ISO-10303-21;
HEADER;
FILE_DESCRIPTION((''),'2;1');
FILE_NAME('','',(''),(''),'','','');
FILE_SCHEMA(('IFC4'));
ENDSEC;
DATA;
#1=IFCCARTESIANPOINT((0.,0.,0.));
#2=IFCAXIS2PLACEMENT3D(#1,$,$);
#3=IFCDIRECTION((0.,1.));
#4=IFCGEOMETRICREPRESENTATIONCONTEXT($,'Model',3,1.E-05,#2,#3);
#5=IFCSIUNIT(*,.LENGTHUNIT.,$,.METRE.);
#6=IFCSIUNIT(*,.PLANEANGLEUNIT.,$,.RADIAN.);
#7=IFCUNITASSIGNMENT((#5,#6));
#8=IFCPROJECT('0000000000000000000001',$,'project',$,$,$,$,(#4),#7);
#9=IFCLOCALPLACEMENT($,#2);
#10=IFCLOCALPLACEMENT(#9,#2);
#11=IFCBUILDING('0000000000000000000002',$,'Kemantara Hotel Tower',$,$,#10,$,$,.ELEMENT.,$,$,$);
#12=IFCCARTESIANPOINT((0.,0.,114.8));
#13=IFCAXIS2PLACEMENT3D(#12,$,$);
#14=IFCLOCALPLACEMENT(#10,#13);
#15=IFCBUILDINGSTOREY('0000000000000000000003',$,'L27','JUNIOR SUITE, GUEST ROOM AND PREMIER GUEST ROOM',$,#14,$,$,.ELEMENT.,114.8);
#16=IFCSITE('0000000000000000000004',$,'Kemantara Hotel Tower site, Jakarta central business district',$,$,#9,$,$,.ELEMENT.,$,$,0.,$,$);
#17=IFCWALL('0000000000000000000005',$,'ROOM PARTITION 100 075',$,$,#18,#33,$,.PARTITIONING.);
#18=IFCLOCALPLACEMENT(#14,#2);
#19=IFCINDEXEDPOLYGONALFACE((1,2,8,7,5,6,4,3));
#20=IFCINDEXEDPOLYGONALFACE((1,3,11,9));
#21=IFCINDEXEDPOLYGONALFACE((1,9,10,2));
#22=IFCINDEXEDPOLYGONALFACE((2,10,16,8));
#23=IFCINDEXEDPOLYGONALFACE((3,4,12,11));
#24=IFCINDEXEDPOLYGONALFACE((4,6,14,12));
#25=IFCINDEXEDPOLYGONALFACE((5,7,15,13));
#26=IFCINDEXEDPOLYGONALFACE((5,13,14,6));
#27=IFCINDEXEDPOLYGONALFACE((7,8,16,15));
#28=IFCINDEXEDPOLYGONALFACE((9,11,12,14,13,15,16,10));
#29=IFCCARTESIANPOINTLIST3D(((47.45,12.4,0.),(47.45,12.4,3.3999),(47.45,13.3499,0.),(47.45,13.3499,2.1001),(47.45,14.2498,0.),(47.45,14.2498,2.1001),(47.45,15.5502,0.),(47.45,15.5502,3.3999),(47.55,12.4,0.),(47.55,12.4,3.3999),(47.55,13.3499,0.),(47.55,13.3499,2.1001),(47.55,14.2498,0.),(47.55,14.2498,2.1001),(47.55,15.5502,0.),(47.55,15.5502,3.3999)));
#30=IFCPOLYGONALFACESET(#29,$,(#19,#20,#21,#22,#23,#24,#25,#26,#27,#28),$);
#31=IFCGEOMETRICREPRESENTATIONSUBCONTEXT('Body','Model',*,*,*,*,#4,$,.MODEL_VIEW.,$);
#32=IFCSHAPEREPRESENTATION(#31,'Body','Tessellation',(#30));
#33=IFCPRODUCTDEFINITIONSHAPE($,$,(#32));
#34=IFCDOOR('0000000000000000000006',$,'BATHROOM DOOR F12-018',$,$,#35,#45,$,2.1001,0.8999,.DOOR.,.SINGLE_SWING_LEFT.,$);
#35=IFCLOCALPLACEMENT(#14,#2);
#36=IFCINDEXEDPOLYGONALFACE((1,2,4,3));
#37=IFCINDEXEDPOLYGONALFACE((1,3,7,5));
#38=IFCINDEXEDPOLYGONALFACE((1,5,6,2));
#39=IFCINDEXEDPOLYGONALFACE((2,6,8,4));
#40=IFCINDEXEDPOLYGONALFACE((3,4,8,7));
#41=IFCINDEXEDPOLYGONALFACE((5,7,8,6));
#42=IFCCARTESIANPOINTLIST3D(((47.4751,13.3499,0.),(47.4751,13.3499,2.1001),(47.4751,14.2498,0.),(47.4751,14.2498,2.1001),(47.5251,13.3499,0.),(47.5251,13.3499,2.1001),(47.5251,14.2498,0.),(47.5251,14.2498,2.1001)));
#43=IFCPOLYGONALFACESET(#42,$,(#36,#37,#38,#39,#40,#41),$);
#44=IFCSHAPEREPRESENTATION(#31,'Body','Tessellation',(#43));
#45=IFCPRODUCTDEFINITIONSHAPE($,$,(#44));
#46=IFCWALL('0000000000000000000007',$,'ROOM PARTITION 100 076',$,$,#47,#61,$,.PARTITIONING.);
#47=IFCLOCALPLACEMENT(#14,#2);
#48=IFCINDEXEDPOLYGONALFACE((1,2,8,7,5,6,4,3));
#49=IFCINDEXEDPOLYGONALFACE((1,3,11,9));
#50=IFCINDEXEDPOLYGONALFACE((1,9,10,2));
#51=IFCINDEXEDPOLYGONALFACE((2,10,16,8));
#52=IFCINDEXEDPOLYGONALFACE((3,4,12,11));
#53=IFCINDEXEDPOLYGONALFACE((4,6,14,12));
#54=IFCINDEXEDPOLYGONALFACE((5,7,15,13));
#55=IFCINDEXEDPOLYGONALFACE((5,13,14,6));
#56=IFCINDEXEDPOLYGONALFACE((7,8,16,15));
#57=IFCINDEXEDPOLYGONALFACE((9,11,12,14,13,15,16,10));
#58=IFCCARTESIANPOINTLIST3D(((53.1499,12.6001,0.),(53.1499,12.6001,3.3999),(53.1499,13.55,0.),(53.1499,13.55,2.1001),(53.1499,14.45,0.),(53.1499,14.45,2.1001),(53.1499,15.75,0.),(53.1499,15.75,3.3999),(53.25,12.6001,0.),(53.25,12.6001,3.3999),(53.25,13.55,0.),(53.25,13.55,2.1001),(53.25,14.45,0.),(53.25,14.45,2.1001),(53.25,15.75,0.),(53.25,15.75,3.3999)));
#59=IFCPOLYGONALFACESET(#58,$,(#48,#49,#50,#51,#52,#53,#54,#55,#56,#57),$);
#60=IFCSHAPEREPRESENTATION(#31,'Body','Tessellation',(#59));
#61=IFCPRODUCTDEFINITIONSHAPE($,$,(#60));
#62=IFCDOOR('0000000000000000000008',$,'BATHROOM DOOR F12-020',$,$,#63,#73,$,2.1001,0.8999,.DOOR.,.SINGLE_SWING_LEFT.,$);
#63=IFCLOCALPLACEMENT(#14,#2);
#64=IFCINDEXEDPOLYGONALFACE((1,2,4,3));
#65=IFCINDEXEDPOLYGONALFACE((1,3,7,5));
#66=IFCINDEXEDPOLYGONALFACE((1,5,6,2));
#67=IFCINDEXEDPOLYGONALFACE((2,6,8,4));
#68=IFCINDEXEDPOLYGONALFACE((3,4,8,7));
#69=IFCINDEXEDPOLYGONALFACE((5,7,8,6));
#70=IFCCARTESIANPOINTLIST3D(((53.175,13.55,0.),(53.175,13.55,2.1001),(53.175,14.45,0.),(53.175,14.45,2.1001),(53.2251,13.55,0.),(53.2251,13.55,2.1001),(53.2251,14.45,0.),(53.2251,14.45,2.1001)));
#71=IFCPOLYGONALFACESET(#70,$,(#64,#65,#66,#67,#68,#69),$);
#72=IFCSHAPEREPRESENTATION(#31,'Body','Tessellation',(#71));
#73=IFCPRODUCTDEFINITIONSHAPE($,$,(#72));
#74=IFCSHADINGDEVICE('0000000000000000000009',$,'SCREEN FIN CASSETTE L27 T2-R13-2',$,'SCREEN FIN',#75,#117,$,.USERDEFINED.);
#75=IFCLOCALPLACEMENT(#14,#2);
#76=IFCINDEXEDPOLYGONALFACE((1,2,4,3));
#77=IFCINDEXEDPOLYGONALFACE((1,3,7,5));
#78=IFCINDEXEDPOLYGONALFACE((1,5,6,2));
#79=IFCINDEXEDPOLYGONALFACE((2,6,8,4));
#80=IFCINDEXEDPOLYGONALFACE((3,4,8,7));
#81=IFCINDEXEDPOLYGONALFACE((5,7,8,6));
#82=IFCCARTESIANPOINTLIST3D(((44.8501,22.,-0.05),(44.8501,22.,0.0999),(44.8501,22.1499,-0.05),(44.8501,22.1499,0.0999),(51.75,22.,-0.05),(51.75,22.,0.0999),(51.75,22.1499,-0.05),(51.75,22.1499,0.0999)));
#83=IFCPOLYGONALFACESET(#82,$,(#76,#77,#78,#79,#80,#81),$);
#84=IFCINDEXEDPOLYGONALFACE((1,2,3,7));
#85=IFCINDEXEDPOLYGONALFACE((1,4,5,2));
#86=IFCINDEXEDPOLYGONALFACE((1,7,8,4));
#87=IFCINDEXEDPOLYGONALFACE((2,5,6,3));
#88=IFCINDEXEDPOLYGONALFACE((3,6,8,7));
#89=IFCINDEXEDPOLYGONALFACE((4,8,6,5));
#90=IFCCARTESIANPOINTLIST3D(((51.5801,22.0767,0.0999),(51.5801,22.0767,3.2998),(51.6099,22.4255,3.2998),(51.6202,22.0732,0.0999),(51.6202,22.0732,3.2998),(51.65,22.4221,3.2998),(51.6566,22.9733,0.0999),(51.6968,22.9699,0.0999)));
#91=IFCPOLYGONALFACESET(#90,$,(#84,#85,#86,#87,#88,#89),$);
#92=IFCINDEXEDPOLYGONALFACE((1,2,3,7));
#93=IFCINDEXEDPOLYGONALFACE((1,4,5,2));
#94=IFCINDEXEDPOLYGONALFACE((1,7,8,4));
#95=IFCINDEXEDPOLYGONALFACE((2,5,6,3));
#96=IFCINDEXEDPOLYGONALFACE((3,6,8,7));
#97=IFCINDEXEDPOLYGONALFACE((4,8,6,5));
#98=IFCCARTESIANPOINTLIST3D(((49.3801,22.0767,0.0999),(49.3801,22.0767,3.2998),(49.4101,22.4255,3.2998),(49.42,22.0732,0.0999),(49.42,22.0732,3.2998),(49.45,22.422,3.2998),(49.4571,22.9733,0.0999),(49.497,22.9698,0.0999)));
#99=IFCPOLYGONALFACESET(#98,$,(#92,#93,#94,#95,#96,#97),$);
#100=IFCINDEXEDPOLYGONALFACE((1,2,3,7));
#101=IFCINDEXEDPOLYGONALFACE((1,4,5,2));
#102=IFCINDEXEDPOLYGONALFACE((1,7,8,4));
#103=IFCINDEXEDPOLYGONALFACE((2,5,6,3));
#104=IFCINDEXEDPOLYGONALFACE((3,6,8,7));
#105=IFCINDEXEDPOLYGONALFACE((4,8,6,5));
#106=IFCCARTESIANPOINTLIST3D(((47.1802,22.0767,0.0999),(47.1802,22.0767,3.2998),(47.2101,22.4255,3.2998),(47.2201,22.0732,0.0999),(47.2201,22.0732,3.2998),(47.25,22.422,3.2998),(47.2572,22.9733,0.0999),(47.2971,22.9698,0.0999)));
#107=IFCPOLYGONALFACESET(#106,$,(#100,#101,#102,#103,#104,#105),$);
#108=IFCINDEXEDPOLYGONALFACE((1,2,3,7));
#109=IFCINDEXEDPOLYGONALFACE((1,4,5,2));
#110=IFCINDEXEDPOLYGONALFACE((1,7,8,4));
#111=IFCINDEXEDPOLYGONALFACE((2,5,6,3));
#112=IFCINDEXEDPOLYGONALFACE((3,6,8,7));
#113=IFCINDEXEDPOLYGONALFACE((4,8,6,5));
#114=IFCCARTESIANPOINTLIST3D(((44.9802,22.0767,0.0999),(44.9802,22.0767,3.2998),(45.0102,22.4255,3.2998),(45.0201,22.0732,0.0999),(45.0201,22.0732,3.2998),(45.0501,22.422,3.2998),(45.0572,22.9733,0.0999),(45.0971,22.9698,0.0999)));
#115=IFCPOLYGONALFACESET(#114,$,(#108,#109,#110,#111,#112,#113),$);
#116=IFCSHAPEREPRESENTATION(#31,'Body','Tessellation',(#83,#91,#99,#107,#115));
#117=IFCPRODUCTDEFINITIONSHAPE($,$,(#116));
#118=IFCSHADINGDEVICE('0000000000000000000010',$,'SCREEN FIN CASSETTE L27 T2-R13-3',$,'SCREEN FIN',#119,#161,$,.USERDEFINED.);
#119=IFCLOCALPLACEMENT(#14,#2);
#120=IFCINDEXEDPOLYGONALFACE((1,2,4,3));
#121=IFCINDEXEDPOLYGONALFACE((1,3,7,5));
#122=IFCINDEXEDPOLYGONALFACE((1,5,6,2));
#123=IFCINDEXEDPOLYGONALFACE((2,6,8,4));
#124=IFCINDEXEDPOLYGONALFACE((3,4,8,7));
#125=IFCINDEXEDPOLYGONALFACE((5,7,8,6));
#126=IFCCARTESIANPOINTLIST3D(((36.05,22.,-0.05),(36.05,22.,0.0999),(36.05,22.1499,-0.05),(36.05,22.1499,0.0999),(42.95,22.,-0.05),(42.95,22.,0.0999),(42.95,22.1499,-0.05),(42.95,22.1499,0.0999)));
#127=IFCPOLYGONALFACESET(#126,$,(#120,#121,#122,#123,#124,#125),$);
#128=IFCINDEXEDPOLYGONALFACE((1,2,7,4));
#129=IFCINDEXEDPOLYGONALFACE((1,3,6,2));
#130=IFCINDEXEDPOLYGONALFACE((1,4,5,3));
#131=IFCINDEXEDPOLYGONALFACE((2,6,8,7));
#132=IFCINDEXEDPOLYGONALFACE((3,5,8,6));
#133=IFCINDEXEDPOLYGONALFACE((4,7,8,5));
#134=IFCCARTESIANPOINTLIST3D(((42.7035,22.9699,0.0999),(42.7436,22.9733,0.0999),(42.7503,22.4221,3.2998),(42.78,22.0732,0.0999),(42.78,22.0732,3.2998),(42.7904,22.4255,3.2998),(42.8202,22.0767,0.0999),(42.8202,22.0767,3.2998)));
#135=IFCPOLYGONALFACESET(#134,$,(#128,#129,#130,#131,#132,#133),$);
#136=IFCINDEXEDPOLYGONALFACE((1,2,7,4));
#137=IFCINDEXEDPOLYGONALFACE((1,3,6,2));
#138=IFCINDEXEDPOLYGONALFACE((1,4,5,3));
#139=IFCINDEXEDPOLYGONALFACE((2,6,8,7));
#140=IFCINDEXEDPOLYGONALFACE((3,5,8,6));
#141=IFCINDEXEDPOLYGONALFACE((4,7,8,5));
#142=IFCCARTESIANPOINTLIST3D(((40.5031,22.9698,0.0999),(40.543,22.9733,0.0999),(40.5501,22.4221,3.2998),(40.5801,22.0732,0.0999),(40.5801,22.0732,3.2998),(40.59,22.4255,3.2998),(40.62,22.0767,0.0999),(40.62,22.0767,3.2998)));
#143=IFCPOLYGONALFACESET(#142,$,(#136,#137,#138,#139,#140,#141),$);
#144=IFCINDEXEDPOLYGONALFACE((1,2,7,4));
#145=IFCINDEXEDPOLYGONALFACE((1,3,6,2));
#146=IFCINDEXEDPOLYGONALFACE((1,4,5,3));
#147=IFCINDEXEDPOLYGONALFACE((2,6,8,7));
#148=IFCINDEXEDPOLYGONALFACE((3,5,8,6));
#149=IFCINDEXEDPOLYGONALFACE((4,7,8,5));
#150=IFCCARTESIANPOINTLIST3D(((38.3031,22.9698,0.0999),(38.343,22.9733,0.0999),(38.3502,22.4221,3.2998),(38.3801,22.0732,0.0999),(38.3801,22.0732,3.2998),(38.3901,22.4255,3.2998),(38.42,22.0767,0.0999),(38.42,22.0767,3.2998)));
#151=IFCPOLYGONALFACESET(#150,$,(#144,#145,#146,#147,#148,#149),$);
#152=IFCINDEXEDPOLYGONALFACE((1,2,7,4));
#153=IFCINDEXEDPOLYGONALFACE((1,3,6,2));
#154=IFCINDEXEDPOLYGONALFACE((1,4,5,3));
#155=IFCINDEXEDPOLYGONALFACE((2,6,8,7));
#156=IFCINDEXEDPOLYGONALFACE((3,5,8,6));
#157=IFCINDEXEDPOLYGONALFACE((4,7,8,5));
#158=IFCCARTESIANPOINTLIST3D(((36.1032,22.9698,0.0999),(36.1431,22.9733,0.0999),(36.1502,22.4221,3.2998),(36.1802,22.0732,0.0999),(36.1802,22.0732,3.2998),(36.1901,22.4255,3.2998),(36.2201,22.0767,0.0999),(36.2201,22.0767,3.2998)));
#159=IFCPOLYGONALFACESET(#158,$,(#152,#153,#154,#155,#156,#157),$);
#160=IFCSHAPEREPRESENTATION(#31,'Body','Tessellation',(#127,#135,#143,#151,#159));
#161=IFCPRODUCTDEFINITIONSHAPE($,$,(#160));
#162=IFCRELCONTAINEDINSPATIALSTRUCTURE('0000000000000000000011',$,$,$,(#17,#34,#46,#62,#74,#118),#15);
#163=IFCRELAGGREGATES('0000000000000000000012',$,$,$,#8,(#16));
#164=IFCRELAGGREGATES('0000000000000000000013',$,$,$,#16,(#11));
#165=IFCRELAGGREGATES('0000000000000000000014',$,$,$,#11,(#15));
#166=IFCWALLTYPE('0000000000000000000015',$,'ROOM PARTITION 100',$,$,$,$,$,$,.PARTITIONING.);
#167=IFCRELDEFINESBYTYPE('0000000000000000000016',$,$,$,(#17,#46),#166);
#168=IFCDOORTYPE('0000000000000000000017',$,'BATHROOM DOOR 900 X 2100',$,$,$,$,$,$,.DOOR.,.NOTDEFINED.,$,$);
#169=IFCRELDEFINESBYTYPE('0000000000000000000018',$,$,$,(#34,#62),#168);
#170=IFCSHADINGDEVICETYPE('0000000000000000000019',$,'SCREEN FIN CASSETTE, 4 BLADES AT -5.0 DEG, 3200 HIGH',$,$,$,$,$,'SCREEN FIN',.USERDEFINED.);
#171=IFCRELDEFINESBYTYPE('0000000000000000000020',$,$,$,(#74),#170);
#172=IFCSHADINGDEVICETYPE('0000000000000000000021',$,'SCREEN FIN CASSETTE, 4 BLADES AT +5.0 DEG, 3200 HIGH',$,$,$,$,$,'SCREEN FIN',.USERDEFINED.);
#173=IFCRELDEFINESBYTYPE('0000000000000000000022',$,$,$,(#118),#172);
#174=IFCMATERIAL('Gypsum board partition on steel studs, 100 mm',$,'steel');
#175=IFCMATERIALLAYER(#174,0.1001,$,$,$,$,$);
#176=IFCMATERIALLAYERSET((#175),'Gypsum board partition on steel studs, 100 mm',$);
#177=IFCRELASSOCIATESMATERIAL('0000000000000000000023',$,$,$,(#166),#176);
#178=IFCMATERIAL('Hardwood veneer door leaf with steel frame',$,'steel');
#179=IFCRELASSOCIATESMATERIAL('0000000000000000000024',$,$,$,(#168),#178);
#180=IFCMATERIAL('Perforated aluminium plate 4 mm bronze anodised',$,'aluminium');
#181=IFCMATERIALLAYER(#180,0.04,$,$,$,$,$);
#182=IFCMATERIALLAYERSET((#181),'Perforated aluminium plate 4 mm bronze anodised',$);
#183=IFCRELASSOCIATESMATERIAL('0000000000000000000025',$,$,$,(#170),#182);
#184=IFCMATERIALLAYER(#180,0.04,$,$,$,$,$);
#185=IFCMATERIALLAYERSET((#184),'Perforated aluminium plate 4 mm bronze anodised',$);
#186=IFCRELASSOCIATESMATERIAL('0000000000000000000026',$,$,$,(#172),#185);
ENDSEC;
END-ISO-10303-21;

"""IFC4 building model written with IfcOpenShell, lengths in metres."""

from ifc_helpers import new_model, si_unit, direction, frame, frame_2d, origin, origin_2d, place, context, subcontext, project, spatial, polyline, rectangle, outline, extrude, source, transform, mapped, material, layer, layer_set, type_object, element, fill, save


model = new_model("IFC4")

# Units and contexts
model_context = context("Model", 3, precision=1e-05, world=origin(), true_north=direction((0.0, 1.0)))
body_context = subcontext(model_context, "Body", "Model", "MODEL_VIEW")
ifc_project = project(units=[si_unit("LENGTHUNIT", "METRE"), si_unit("PLANEANGLEUNIT", "RADIAN")], contexts=[model_context])

# Site, building, storey
site_placement = place(None, origin())
site = spatial("IfcSite", under=ifc_project, at=site_placement, Name="Kemantara Hotel Tower site, Jakarta central business district", CompositionType="ELEMENT", RefElevation=0.0)
building_placement = place(site_placement, origin())
building = spatial("IfcBuilding", under=site, at=building_placement, Name="Kemantara Hotel Tower", CompositionType="ELEMENT")
storey_placement = place(building_placement, frame((0.0, 0.0, 114.8)))
storey = spatial("IfcBuildingStorey", under=building, at=storey_placement, Name="L27", Description="JUNIOR SUITE, GUEST ROOM AND PREMIER GUEST ROOM", CompositionType="ELEMENT", Elevation=114.8)

# Shared definitions
ifc_material_1 = material(Name="Hardwood veneer door leaf with steel frame", Category="steel")

# Shared definitions
ifc_material_2 = material(Name="Gypsum board partition on steel studs, 100 mm", Category="steel")
ifc_layer_1 = layer(ifc_material_2, 0.1001)
ifc_layer_set_1 = layer_set([ifc_layer_1], Name="Gypsum board partition on steel studs, 100 mm")
wall_type_1 = type_object("IfcWallType", Name="ROOM PARTITION 100", PredefinedType="PARTITIONING", material=ifc_layer_set_1)

# Walls, openings, doors
door_type_1 = type_object("IfcDoorType", Name="BATHROOM DOOR 900 X 2100", OperationType="NOTDEFINED", PredefinedType="DOOR", material=ifc_material_1)
wall_1_placement = place(storey_placement, frame((47.5, 12.3999, 0.0), z_axis=(0.0, 0.0, 1.0), x_axis=(0.0, 1.0, 0.0)))
wall_1 = element("IfcWall", 1, at=wall_1_placement, inside=storey, type_object=wall_type_1, Name="ROOM PARTITION 100 075", PredefinedType="PARTITIONING", context=body_context, shape_type="SweptSolid", body=[
    extrude(rectangle(XDim=3.1501, YDim=0.1001, at=frame_2d((1.5752, 0.0))), origin(), (0.0, 0.0, 1.0), 3.3999),
])
opening_1_placement = place(wall_1_placement, frame((0.95, 0.0, 0.0)))
opening_1 = element("IfcOpeningElement", 2, at=opening_1_placement, cuts=wall_1, PredefinedType="OPENING", context=body_context, shape_type="SweptSolid", body=[
    extrude(rectangle(XDim=0.8999, YDim=2.1001, at=frame_2d((0.45, 1.05))), frame((0.0, 0.0601, 0.0), z_axis=(0.0, -1.0, 0.0), x_axis=(1.0, 0.0, 0.0)), (0.0, 0.0, 1.0), 0.1201),
])
door_1_placement = place(opening_1_placement, origin())
door_1 = element("IfcDoor", 3, at=door_1_placement, inside=storey, type_object=door_type_1, Name="BATHROOM DOOR F12-018", OperationType="SINGLE_SWING_LEFT", OverallHeight=2.1001, OverallWidth=0.8999, PredefinedType="DOOR", context=body_context, shape_type="SweptSolid", body=[
    extrude(rectangle(XDim=0.8999, YDim=2.1001, at=frame_2d((0.45, 1.05))), frame((0.0, 0.0249, 0.0), z_axis=(0.0, -1.0, 0.0), x_axis=(1.0, 0.0, 0.0)), (0.0, 0.0, 1.0), 0.05),
])
fill(opening_1, door_1)
wall_2_placement = place(storey_placement, frame((53.2, 12.6001, 0.0), z_axis=(0.0, 0.0, 1.0), x_axis=(0.0, 1.0, 0.0)))
wall_2 = element("IfcWall", 4, at=wall_2_placement, inside=storey, type_object=wall_type_1, Name="ROOM PARTITION 100 076", PredefinedType="PARTITIONING", context=body_context, shape_type="SweptSolid", body=[
    extrude(rectangle(XDim=3.1499, YDim=0.1001, at=frame_2d((1.575, 0.0))), origin(), (0.0, 0.0, 1.0), 3.3999),
])
opening_2_placement = place(wall_2_placement, frame((0.95, 0.0, 0.0)))
opening_2 = element("IfcOpeningElement", 5, at=opening_2_placement, cuts=wall_2, PredefinedType="OPENING", context=body_context, shape_type="SweptSolid", body=[
    extrude(rectangle(XDim=0.8999, YDim=2.1001, at=frame_2d((0.45, 1.05))), frame((0.0, 0.0601, 0.0), z_axis=(0.0, -1.0, 0.0), x_axis=(1.0, 0.0, 0.0)), (0.0, 0.0, 1.0), 0.1201),
])
door_2_placement = place(opening_2_placement, origin())
door_2 = element("IfcDoor", 6, at=door_2_placement, inside=storey, type_object=door_type_1, Name="BATHROOM DOOR F12-020", OperationType="SINGLE_SWING_LEFT", OverallHeight=2.1001, OverallWidth=0.8999, PredefinedType="DOOR", context=body_context, shape_type="SweptSolid", body=[
    extrude(rectangle(XDim=0.8999, YDim=2.1001, at=frame_2d((0.45, 1.05))), frame((0.0, 0.0249, 0.0), z_axis=(0.0, -1.0, 0.0), x_axis=(1.0, 0.0, 0.0)), (0.0, 0.0, 1.0), 0.05),
])
fill(opening_2, door_2)

# Shading devices
ifc_material_3 = material(Name="Perforated aluminium plate 4 mm bronze anodised", Category="aluminium")
ifc_layer_2 = layer(ifc_material_3, 0.04)
ifc_layer_set_2 = layer_set([ifc_layer_2], Name="Perforated aluminium plate 4 mm bronze anodised")
shading_device_type_1 = type_object("IfcShadingDeviceType", Name="SCREEN FIN CASSETTE, 4 BLADES AT -5.0 DEG, 3200 HIGH", ElementType="SCREEN FIN", PredefinedType="USERDEFINED", material=ifc_layer_set_2)
shared_shape_1 = source(origin(), body_context, "Body", "SweptSolid", [
    extrude(rectangle(XDim=6.8999, YDim=0.1499, at=origin_2d()), frame((3.3, -0.075, -0.1499), z_axis=(0.0, 0.0, 1.0), x_axis=(1.0, 0.0, 0.0)), (0.0, 0.0, 1.0), 0.1499),
    extrude(outline(polyline([(0.0, 0.0), (0.8999, 0.0), (0.3501, 3.2), (0.0, 3.2), (0.0, 0.0)])), frame((0.02, -0.0767, 0.0), z_axis=(-0.996376, 0.085056, 0.0), x_axis=(-0.085056, -0.996376, 0.0)), (0.0, 0.0, 1.0), 0.0403),
    extrude(outline(polyline([(0.0, 0.0), (0.8999, 0.0), (0.3501, 3.2), (0.0, 3.2), (0.0, 0.0)])), frame((2.22, -0.0767, 0.0), z_axis=(-0.996332, 0.085575, 0.0), x_axis=(-0.085575, -0.996332, 0.0)), (0.0, 0.0, 1.0), 0.04),
    extrude(outline(polyline([(0.0, 0.0), (0.8999, 0.0), (0.3501, 3.2), (0.0, 3.2), (0.0, 0.0)])), frame((4.4199, -0.0767, 0.0), z_axis=(-0.996332, 0.085575, 0.0), x_axis=(-0.085575, -0.996332, 0.0)), (0.0, 0.0, 1.0), 0.04),
    extrude(outline(polyline([(0.0, 0.0), (0.8999, 0.0), (0.3501, 3.2), (0.0, 3.2), (0.0, 0.0)])), frame((6.6199, -0.0767, 0.0), z_axis=(-0.996332, 0.085575, 0.0), x_axis=(-0.085575, -0.996332, 0.0)), (0.0, 0.0, 1.0), 0.04),
])
shading_device_1_placement = place(storey_placement, frame((51.6001, 22.0, 0.0999), z_axis=(0.0, 0.0, 1.0), x_axis=(-1.0, 0.0, 0.0)))
element("IfcShadingDevice", 7, at=shading_device_1_placement, inside=storey, type_object=shading_device_type_1, Name="SCREEN FIN CASSETTE L27 T2-R13-2", ObjectType="SCREEN FIN", PredefinedType="USERDEFINED", context=body_context, shape_type="MappedRepresentation", body=[
    mapped(shared_shape_1, transform((0.0, 0.0, 0.0))),
])
ifc_layer_3 = layer(ifc_material_3, 0.04)
ifc_layer_set_3 = layer_set([ifc_layer_3], Name="Perforated aluminium plate 4 mm bronze anodised")
shading_device_type_2 = type_object("IfcShadingDeviceType", Name="SCREEN FIN CASSETTE, 4 BLADES AT +5.0 DEG, 3200 HIGH", ElementType="SCREEN FIN", PredefinedType="USERDEFINED", material=ifc_layer_set_3)
shared_shape_2 = source(origin(), body_context, "Body", "SweptSolid", [
    extrude(rectangle(XDim=6.8999, YDim=0.1499, at=origin_2d()), frame((3.3, -0.075, -0.1499), z_axis=(0.0, 0.0, 1.0), x_axis=(1.0, 0.0, 0.0)), (0.0, 0.0, 1.0), 0.1499),
    extrude(outline(polyline([(0.0, 0.0), (0.8999, 0.0), (0.3501, 3.2), (0.0, 3.2), (0.0, 0.0)])), frame((0.02, -0.0732, 0.0), z_axis=(-0.996376, -0.085056, 0.0), x_axis=(0.085056, -0.996376, 0.0)), (0.0, 0.0, 1.0), 0.0403),
    extrude(outline(polyline([(0.0, 0.0), (0.8999, 0.0), (0.3501, 3.2), (0.0, 3.2), (0.0, 0.0)])), frame((2.22, -0.0732, 0.0), z_axis=(-0.996332, -0.085575, 0.0), x_axis=(0.085575, -0.996332, 0.0)), (0.0, 0.0, 1.0), 0.04),
    extrude(outline(polyline([(0.0, 0.0), (0.8999, 0.0), (0.3501, 3.2), (0.0, 3.2), (0.0, 0.0)])), frame((4.4199, -0.0732, 0.0), z_axis=(-0.996332, -0.085575, 0.0), x_axis=(0.085575, -0.996332, 0.0)), (0.0, 0.0, 1.0), 0.04),
    extrude(outline(polyline([(0.0, 0.0), (0.8999, 0.0), (0.3501, 3.2), (0.0, 3.2), (0.0, 0.0)])), frame((6.6199, -0.0732, 0.0), z_axis=(-0.996332, -0.085575, 0.0), x_axis=(0.085575, -0.996332, 0.0)), (0.0, 0.0, 1.0), 0.04),
])
shading_device_2_placement = place(storey_placement, frame((42.8, 22.0, 0.0999), z_axis=(0.0, 0.0, 1.0), x_axis=(-1.0, 0.0, 0.0)))
element("IfcShadingDevice", 8, at=shading_device_2_placement, inside=storey, type_object=shading_device_type_2, Name="SCREEN FIN CASSETTE L27 T2-R13-3", ObjectType="SCREEN FIN", PredefinedType="USERDEFINED", context=body_context, shape_type="MappedRepresentation", body=[
    mapped(shared_shape_2, transform((0.0, 0.0, 0.0))),
])

save(model, "model.ifc")
